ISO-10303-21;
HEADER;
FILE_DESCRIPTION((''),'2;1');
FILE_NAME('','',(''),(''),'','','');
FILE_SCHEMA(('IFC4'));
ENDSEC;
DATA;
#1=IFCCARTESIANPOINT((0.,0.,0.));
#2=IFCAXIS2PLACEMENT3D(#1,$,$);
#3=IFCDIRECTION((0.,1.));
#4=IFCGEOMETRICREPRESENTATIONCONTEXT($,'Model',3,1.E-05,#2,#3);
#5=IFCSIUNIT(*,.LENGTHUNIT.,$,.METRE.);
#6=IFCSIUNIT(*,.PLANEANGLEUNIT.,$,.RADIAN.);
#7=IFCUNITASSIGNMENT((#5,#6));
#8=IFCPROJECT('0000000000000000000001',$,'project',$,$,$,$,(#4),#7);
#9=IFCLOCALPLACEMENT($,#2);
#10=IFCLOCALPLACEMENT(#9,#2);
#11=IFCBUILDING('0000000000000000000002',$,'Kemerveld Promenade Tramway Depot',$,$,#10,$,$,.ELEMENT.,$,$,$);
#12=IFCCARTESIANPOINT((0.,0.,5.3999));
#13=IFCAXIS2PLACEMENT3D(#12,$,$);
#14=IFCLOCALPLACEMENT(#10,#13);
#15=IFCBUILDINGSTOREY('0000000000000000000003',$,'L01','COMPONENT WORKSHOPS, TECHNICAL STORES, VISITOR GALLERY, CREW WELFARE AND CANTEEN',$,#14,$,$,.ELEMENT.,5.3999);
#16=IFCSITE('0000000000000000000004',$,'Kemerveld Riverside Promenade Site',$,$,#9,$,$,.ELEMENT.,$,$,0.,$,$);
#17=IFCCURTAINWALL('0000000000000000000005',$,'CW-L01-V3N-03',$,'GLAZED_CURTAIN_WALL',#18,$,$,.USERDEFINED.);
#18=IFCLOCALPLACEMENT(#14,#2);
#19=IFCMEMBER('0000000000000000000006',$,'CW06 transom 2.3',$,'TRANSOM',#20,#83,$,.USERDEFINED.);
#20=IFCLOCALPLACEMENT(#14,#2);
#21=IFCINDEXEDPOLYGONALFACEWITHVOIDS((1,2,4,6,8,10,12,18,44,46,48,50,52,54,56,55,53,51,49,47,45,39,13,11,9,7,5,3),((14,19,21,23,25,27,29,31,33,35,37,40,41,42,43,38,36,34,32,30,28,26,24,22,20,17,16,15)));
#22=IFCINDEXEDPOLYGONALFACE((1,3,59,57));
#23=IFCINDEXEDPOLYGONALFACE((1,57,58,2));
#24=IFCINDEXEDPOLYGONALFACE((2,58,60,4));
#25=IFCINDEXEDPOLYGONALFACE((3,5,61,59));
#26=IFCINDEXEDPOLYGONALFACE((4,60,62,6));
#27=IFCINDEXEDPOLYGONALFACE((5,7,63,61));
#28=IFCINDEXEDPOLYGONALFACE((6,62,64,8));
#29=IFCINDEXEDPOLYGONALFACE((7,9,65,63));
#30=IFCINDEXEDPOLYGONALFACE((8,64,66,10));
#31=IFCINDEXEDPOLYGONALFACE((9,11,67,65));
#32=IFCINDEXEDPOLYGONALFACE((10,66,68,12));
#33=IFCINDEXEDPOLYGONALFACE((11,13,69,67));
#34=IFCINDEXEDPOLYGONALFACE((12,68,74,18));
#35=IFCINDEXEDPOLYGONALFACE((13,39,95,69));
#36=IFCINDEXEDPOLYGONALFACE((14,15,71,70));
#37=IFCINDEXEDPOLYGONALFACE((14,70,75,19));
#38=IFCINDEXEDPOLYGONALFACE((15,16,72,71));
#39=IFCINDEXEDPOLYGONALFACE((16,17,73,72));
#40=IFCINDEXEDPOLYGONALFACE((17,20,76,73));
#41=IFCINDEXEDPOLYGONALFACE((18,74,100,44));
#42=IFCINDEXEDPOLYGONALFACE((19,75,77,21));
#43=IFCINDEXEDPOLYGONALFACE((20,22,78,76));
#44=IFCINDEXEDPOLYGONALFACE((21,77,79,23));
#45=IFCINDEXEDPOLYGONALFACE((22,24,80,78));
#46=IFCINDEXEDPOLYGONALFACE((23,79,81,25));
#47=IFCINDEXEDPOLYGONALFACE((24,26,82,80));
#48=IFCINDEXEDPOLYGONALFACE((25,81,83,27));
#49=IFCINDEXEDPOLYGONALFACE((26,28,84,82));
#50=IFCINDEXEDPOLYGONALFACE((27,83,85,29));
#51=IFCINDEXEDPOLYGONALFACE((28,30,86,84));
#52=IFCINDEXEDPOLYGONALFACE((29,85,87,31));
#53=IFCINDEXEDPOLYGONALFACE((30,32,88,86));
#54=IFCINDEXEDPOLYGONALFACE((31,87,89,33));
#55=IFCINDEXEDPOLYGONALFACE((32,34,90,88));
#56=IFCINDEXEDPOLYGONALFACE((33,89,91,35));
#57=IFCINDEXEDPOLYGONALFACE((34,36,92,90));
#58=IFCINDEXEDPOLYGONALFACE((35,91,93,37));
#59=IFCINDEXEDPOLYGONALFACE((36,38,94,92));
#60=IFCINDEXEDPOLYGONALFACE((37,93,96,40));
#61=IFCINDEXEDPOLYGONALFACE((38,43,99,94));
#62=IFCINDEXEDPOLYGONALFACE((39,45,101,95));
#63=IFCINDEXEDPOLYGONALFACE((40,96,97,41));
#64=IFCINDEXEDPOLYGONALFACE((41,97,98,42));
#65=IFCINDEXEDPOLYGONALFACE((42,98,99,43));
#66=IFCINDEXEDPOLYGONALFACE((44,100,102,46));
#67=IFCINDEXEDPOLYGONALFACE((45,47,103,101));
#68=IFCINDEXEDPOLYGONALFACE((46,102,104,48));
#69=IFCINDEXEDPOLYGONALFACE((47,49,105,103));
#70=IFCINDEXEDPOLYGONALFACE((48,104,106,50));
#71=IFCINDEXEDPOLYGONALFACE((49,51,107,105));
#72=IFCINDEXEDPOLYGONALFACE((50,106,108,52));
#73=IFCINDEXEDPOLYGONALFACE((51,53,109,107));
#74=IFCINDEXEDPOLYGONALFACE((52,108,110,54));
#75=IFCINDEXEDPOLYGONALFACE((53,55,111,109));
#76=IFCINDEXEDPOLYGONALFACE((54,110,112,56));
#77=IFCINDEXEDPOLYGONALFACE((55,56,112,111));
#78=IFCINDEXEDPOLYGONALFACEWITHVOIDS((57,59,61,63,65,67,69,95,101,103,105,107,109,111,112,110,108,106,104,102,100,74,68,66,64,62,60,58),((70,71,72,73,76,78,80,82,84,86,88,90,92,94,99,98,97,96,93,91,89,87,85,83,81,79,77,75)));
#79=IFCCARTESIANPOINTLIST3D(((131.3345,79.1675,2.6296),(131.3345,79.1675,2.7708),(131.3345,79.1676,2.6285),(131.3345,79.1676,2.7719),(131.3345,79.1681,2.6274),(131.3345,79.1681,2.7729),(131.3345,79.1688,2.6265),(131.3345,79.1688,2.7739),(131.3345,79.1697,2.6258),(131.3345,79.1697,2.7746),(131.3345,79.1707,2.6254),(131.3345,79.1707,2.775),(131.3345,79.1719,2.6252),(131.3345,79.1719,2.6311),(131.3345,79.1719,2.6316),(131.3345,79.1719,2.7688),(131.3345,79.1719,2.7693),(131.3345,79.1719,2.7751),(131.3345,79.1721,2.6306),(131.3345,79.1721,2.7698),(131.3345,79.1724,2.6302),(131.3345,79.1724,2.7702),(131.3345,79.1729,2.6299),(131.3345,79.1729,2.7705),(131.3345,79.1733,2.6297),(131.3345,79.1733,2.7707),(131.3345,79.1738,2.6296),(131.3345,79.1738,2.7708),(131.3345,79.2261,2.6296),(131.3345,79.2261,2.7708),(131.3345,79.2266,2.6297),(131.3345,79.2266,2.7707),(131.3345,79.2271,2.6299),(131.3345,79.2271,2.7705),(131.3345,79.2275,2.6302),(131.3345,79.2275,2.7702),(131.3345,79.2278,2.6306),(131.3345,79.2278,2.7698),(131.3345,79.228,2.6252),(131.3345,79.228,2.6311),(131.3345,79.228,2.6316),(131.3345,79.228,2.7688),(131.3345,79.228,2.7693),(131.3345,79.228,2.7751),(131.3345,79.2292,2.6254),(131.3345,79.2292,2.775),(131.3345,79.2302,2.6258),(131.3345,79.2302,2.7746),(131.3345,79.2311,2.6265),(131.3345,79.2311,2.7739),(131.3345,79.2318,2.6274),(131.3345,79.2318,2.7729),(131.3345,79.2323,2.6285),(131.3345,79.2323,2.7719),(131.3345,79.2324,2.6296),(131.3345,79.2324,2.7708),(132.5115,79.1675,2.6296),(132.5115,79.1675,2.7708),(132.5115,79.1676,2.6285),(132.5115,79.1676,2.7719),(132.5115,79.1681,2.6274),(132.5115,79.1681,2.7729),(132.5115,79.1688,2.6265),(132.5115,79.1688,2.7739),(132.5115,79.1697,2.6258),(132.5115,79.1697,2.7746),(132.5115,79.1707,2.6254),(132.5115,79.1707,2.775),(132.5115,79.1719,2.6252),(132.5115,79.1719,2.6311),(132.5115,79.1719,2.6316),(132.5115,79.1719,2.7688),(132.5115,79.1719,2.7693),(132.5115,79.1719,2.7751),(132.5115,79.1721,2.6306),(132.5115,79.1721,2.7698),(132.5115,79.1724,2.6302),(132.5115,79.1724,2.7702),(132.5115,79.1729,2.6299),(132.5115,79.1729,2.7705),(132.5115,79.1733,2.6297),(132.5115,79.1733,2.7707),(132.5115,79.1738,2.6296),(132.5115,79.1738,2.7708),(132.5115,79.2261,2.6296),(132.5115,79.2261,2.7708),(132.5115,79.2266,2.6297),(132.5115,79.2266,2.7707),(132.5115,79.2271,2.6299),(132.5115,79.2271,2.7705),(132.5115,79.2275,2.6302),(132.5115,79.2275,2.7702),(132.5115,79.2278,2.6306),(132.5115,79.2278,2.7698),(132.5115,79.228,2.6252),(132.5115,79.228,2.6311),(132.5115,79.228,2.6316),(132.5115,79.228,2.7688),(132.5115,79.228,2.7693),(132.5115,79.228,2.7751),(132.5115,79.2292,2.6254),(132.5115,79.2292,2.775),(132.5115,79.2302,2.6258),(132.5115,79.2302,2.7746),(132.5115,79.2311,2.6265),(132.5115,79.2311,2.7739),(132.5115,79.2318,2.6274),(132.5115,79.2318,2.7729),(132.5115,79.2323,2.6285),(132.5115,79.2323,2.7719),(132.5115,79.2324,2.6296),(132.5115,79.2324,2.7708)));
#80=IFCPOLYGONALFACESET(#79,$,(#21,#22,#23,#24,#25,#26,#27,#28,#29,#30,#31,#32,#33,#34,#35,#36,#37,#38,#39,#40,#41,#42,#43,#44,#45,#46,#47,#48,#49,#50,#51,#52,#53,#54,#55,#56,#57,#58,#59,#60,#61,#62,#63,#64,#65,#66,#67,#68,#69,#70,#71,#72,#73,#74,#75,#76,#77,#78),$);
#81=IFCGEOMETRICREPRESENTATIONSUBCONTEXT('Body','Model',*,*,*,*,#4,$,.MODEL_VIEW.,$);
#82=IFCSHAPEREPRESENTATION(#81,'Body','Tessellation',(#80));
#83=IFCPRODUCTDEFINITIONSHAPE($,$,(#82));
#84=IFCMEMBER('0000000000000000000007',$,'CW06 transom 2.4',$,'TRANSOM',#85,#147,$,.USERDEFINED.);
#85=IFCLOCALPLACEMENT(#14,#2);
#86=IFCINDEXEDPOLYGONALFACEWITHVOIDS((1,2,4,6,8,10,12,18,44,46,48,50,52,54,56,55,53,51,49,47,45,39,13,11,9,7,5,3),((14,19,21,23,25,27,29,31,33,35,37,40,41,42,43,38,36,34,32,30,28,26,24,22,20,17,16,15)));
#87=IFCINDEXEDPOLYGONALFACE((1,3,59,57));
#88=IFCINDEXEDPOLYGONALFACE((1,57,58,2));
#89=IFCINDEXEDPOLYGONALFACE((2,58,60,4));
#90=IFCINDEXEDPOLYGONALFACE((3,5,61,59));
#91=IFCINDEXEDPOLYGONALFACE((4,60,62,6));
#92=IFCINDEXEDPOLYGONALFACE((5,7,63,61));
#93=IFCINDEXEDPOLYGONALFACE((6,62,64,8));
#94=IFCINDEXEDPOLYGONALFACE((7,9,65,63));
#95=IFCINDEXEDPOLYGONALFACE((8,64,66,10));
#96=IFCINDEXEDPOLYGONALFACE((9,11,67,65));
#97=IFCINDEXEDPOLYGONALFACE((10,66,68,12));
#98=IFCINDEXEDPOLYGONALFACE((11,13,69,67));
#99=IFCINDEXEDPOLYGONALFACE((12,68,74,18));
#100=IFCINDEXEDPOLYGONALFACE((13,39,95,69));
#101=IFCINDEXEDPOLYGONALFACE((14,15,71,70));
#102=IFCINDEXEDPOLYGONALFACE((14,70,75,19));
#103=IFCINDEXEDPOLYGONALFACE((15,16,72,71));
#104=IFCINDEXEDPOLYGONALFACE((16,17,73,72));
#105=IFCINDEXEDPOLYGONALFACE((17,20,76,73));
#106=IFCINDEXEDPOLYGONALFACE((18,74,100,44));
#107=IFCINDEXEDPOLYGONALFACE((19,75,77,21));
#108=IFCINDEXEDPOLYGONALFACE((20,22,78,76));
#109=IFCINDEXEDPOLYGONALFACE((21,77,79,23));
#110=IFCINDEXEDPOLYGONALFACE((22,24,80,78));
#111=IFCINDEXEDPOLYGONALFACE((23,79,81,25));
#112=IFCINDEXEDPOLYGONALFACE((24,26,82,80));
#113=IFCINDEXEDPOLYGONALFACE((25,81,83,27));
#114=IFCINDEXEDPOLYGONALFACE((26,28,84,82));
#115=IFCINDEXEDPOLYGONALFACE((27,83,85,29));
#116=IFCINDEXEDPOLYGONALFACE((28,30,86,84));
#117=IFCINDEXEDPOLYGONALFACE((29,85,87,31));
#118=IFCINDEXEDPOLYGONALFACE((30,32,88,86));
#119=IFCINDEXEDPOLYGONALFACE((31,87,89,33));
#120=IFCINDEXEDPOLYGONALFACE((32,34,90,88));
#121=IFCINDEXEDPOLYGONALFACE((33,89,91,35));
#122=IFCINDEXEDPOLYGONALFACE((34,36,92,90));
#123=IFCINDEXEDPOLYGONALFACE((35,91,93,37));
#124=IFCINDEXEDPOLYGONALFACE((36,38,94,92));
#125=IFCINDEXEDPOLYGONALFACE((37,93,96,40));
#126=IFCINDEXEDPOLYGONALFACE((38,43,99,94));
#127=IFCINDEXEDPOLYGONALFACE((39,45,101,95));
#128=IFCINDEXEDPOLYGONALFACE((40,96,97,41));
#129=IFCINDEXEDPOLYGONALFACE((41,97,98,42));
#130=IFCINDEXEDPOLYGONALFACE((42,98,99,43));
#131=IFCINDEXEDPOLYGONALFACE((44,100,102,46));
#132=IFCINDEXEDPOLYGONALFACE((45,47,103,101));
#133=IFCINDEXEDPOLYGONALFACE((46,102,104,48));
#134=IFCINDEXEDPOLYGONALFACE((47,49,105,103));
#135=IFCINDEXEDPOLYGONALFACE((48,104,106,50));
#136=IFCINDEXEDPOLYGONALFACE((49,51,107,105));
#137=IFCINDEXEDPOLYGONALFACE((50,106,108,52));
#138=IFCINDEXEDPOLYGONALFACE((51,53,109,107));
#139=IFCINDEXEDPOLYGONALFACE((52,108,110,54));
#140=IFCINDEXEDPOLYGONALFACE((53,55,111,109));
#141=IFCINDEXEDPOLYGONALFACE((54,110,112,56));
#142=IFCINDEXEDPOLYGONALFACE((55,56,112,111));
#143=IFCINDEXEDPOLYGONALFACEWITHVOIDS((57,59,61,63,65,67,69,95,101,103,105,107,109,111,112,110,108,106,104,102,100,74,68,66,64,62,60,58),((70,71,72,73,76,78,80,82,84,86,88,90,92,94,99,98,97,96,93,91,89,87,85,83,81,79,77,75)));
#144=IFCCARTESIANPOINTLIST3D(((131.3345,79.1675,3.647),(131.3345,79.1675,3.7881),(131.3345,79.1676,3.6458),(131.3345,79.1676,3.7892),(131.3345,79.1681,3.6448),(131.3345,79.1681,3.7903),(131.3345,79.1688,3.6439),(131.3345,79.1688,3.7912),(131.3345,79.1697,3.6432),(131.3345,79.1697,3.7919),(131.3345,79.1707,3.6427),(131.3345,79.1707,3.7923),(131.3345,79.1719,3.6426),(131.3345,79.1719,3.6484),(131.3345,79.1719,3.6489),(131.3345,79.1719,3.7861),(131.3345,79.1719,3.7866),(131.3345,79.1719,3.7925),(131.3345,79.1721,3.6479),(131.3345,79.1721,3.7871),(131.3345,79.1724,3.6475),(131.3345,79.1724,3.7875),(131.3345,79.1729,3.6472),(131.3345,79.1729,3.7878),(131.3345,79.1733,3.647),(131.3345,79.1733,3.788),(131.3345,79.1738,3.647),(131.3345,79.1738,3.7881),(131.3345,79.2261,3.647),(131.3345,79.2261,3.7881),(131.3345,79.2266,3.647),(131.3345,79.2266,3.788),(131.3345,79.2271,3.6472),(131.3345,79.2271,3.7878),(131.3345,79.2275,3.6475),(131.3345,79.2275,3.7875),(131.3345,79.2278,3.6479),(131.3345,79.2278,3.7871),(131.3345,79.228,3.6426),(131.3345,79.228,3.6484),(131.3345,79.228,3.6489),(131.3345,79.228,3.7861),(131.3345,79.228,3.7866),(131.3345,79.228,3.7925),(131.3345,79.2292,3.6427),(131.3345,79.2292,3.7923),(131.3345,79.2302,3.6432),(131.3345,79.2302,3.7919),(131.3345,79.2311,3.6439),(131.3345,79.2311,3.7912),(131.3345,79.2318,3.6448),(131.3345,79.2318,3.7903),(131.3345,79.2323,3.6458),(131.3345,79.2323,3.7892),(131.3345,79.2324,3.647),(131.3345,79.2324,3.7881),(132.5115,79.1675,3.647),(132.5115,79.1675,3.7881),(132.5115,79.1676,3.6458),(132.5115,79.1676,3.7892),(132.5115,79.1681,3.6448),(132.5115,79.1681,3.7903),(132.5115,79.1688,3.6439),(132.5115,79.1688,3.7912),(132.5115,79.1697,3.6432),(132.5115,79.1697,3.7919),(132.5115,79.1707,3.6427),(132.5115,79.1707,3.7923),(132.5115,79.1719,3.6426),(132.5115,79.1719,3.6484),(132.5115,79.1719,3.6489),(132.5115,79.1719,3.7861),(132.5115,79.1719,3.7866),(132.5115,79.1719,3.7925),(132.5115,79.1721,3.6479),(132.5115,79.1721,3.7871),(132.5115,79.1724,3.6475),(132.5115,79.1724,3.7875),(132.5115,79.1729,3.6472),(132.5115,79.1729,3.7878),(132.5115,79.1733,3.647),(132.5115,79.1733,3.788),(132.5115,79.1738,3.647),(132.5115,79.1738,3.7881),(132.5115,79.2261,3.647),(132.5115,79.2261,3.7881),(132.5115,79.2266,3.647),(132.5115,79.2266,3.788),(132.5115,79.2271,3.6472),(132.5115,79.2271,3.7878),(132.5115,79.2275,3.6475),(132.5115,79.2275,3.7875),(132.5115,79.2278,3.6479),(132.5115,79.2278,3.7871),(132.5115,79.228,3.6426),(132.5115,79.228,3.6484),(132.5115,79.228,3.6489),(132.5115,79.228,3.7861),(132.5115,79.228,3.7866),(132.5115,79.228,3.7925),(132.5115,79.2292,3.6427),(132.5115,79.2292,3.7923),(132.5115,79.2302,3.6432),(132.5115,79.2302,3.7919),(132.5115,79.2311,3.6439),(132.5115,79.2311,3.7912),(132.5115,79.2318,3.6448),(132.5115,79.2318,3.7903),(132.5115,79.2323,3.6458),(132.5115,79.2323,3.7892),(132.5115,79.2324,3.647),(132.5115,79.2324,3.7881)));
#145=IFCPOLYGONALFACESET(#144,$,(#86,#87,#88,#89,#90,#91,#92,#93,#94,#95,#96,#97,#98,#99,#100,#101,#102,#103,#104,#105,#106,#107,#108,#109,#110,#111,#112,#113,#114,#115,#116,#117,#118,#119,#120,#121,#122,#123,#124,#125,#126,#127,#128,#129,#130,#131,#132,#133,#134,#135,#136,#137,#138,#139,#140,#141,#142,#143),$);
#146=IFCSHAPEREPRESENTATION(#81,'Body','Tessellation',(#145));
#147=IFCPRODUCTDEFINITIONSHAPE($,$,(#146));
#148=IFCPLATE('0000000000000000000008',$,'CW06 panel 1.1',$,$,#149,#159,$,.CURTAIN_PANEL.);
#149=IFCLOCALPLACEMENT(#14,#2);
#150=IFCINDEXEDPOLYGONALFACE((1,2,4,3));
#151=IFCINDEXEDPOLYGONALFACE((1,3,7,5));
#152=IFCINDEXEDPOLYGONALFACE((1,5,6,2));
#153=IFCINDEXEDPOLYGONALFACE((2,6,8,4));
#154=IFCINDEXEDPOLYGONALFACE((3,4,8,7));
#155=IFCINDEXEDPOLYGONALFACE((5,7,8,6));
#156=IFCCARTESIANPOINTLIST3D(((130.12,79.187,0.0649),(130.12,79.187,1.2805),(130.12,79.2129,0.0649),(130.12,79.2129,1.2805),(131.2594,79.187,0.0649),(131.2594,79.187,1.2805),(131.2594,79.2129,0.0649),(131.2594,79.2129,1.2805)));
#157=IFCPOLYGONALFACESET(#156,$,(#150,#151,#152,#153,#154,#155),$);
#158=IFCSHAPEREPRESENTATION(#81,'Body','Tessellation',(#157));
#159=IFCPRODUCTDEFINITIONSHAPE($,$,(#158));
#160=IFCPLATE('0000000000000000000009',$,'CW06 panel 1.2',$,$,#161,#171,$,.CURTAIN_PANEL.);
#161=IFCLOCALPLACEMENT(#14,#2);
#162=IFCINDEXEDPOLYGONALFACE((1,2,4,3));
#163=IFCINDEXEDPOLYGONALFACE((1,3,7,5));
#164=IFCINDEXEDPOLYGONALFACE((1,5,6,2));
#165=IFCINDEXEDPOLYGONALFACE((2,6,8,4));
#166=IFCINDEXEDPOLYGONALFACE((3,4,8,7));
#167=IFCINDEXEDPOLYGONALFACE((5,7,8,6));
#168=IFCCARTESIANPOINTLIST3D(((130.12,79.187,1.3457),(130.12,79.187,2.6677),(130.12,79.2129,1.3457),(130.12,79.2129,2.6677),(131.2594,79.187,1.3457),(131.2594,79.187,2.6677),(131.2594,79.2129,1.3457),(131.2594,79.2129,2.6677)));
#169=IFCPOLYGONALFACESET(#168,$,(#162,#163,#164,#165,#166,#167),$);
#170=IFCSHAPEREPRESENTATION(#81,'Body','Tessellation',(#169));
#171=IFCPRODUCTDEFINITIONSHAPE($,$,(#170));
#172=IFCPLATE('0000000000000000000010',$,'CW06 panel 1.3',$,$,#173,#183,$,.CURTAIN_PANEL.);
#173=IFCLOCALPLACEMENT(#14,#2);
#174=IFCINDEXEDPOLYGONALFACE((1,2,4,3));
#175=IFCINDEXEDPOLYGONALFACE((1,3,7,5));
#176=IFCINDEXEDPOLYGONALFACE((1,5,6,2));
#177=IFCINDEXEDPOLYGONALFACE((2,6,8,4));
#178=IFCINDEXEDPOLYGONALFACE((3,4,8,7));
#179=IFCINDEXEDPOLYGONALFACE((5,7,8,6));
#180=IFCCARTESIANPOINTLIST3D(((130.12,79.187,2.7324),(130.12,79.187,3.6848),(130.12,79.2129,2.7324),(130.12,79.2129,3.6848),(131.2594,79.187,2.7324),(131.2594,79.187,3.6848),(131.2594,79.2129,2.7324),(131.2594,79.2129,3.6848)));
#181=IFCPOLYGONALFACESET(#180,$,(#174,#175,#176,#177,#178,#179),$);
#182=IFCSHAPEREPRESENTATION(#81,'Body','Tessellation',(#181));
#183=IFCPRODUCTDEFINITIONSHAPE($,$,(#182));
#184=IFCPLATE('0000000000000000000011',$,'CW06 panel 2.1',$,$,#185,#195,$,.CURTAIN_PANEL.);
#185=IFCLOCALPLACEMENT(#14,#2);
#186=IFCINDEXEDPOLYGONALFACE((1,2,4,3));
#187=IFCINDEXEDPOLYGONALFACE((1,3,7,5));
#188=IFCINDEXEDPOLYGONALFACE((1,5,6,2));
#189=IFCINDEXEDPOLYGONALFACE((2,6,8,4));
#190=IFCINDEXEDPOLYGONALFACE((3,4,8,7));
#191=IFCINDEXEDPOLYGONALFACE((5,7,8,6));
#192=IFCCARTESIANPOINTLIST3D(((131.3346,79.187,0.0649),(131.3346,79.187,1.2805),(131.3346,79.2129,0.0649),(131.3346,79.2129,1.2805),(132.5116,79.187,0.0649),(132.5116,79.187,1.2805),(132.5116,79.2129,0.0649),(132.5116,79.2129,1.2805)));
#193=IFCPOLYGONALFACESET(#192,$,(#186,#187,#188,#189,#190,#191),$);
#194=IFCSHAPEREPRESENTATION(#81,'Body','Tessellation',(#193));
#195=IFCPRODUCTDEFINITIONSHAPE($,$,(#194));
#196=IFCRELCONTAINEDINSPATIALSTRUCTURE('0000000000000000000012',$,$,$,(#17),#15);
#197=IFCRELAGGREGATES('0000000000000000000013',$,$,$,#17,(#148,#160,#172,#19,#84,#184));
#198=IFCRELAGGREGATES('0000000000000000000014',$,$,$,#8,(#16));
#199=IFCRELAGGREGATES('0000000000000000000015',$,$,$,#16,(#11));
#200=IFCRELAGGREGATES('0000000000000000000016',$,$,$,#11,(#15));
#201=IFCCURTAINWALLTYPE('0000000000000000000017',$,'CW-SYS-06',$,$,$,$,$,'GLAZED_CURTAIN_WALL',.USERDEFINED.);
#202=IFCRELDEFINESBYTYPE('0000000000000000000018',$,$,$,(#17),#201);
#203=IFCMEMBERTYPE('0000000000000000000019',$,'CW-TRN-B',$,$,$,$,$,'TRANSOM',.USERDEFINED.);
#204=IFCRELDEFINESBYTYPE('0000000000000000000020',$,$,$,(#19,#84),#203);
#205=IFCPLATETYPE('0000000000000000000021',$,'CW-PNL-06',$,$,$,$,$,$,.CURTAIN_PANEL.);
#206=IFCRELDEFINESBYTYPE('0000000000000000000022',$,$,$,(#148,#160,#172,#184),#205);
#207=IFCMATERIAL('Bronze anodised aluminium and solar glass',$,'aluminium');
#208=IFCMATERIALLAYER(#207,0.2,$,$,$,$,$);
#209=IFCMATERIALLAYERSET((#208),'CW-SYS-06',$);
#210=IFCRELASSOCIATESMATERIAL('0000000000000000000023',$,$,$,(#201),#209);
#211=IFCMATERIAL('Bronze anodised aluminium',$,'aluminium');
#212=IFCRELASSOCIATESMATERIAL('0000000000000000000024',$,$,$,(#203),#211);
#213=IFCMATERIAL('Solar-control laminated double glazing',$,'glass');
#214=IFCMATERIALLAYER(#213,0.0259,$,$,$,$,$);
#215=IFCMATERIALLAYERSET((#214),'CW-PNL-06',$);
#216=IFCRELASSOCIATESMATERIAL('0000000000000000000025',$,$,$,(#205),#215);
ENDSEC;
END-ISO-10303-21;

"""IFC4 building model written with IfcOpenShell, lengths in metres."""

from ifc_helpers import new_model, si_unit, direction, frame, origin, origin_2d, place, context, subcontext, project, spatial, rectangle, hollow_rectangle, extrude, material, layer, layer_set, material_profile, profile_set, type_object, element, aggregate, save


model = new_model("IFC4")

# Units and contexts
model_context = context("Model", 3, precision=1e-05, world=origin(), true_north=direction((0.0, 1.0)))
body_context = subcontext(model_context, "Body", "Model", "MODEL_VIEW")
ifc_project = project(units=[si_unit("LENGTHUNIT", "METRE"), si_unit("PLANEANGLEUNIT", "RADIAN")], contexts=[model_context])

# Site, building, storey
site_placement = place(None, origin())
site = spatial("IfcSite", under=ifc_project, at=site_placement, Name="Kemerveld Riverside Promenade Site", CompositionType="ELEMENT", RefElevation=0.0)
building_placement = place(site_placement, origin())
building = spatial("IfcBuilding", under=site, at=building_placement, Name="Kemerveld Promenade Tramway Depot", CompositionType="ELEMENT")
storey_placement = place(building_placement, frame((0.0, 0.0, 5.3999)))
storey = spatial("IfcBuildingStorey", under=building, at=storey_placement, Name="L01", Description="COMPONENT WORKSHOPS, TECHNICAL STORES, VISITOR GALLERY, CREW WELFARE AND CANTEEN", CompositionType="ELEMENT", Elevation=5.3999)

# Curtain wall, members, plates
ifc_material_1 = material(Name="Bronze anodised aluminium and solar glass", Category="aluminium")
ifc_layer_1 = layer(ifc_material_1, 0.2)
ifc_layer_set_1 = layer_set([ifc_layer_1], Name="CW-SYS-06")
curtain_wall_type = type_object("IfcCurtainWallType", Name="CW-SYS-06", ElementType="GLAZED_CURTAIN_WALL", PredefinedType="USERDEFINED", material=ifc_layer_set_1)
curtain_wall_placement = place(storey_placement, origin())
curtain_wall = element("IfcCurtainWall", 1, at=curtain_wall_placement, inside=storey, type_object=curtain_wall_type, Name="CW-L01-V3N-03", ObjectType="GLAZED_CURTAIN_WALL", PredefinedType="USERDEFINED")
ifc_material_2 = material(Name="Bronze anodised aluminium", Category="aluminium")
ifc_material_profile_1 = material_profile(ifc_material_2, hollow_rectangle(XDim=0.0649, YDim=0.1499, WallThickness=0.0044, InnerFilletRadius=0.002, OuterFilletRadius=0.0044, at=origin_2d()), Name="CW-TRN-150x65")
ifc_profile_set_1 = profile_set([ifc_material_profile_1], Name="Bronze anodised aluminium")
member_type_1 = type_object("IfcMemberType", Name="CW-TRN-B", ElementType="TRANSOM", PredefinedType="USERDEFINED", material=ifc_profile_set_1)
member_1_placement = place(storey_placement, frame((131.3345, 79.2, 2.7002), z_axis=(1.0, 0.0, 0.0), x_axis=(0.0, 1.0, 0.0)))
member_1 = element("IfcMember", 2, at=member_1_placement, type_object=member_type_1, Name="CW06 transom 2.3", ObjectType="TRANSOM", PredefinedType="USERDEFINED", context=body_context, shape_type="SweptSolid", body=[
    extrude(hollow_rectangle(XDim=0.0649, YDim=0.1499, WallThickness=0.0044, InnerFilletRadius=0.002, OuterFilletRadius=0.0044, at=origin_2d()), origin(), (0.0, 0.0, 1.0), 1.177),
])
member_2_placement = place(storey_placement, frame((131.3345, 79.2, 3.7175), z_axis=(1.0, 0.0, 0.0), x_axis=(0.0, 1.0, 0.0)))
member_2 = element("IfcMember", 3, at=member_2_placement, type_object=member_type_1, Name="CW06 transom 2.4", ObjectType="TRANSOM", PredefinedType="USERDEFINED", context=body_context, shape_type="SweptSolid", body=[
    extrude(hollow_rectangle(XDim=0.0649, YDim=0.1499, WallThickness=0.0044, InnerFilletRadius=0.002, OuterFilletRadius=0.0044, at=origin_2d()), origin(), (0.0, 0.0, 1.0), 1.177),
])
ifc_material_3 = material(Name="Solar-control laminated double glazing", Category="glass")
ifc_layer_2 = layer(ifc_material_3, 0.0259)
ifc_layer_set_2 = layer_set([ifc_layer_2], Name="CW-PNL-06")
plate_type = type_object("IfcPlateType", Name="CW-PNL-06", PredefinedType="CURTAIN_PANEL", material=ifc_layer_set_2)
plate_1_placement = place(storey_placement, frame((130.6897, 79.2, 0.0649), z_axis=(0.0, 0.0, 1.0), x_axis=(1.0, 0.0, 0.0)))
plate_1 = element("IfcPlate", 4, at=plate_1_placement, type_object=plate_type, Name="CW06 panel 1.1", PredefinedType="CURTAIN_PANEL", context=body_context, shape_type="SweptSolid", body=[
    extrude(rectangle(XDim=1.1394, YDim=0.0259, at=origin_2d()), origin(), (0.0, 0.0, 1.0), 1.2156),
])
plate_2_placement = place(storey_placement, frame((130.6897, 79.2, 1.3457), z_axis=(0.0, 0.0, 1.0), x_axis=(1.0, 0.0, 0.0)))
plate_2 = element("IfcPlate", 5, at=plate_2_placement, type_object=plate_type, Name="CW06 panel 1.2", PredefinedType="CURTAIN_PANEL", context=body_context, shape_type="SweptSolid", body=[
    extrude(rectangle(XDim=1.1394, YDim=0.0259, at=origin_2d()), origin(), (0.0, 0.0, 1.0), 1.322),
])
plate_3_placement = place(storey_placement, frame((130.6897, 79.2, 2.7324), z_axis=(0.0, 0.0, 1.0), x_axis=(1.0, 0.0, 0.0)))
plate_3 = element("IfcPlate", 6, at=plate_3_placement, type_object=plate_type, Name="CW06 panel 1.3", PredefinedType="CURTAIN_PANEL", context=body_context, shape_type="SweptSolid", body=[
    extrude(rectangle(XDim=1.1394, YDim=0.0259, at=origin_2d()), origin(), (0.0, 0.0, 1.0), 0.9524),
])
plate_4_placement = place(storey_placement, frame((131.9231, 79.2, 0.0649), z_axis=(0.0, 0.0, 1.0), x_axis=(1.0, 0.0, 0.0)))
plate_4 = element("IfcPlate", 7, at=plate_4_placement, type_object=plate_type, Name="CW06 panel 2.1", PredefinedType="CURTAIN_PANEL", context=body_context, shape_type="SweptSolid", body=[
    extrude(rectangle(XDim=1.177, YDim=0.0259, at=origin_2d()), origin(), (0.0, 0.0, 1.0), 1.2156),
])
aggregate(curtain_wall, [plate_1, plate_2, plate_3, member_1, member_2, plate_4])

save(model, "model.ifc")
